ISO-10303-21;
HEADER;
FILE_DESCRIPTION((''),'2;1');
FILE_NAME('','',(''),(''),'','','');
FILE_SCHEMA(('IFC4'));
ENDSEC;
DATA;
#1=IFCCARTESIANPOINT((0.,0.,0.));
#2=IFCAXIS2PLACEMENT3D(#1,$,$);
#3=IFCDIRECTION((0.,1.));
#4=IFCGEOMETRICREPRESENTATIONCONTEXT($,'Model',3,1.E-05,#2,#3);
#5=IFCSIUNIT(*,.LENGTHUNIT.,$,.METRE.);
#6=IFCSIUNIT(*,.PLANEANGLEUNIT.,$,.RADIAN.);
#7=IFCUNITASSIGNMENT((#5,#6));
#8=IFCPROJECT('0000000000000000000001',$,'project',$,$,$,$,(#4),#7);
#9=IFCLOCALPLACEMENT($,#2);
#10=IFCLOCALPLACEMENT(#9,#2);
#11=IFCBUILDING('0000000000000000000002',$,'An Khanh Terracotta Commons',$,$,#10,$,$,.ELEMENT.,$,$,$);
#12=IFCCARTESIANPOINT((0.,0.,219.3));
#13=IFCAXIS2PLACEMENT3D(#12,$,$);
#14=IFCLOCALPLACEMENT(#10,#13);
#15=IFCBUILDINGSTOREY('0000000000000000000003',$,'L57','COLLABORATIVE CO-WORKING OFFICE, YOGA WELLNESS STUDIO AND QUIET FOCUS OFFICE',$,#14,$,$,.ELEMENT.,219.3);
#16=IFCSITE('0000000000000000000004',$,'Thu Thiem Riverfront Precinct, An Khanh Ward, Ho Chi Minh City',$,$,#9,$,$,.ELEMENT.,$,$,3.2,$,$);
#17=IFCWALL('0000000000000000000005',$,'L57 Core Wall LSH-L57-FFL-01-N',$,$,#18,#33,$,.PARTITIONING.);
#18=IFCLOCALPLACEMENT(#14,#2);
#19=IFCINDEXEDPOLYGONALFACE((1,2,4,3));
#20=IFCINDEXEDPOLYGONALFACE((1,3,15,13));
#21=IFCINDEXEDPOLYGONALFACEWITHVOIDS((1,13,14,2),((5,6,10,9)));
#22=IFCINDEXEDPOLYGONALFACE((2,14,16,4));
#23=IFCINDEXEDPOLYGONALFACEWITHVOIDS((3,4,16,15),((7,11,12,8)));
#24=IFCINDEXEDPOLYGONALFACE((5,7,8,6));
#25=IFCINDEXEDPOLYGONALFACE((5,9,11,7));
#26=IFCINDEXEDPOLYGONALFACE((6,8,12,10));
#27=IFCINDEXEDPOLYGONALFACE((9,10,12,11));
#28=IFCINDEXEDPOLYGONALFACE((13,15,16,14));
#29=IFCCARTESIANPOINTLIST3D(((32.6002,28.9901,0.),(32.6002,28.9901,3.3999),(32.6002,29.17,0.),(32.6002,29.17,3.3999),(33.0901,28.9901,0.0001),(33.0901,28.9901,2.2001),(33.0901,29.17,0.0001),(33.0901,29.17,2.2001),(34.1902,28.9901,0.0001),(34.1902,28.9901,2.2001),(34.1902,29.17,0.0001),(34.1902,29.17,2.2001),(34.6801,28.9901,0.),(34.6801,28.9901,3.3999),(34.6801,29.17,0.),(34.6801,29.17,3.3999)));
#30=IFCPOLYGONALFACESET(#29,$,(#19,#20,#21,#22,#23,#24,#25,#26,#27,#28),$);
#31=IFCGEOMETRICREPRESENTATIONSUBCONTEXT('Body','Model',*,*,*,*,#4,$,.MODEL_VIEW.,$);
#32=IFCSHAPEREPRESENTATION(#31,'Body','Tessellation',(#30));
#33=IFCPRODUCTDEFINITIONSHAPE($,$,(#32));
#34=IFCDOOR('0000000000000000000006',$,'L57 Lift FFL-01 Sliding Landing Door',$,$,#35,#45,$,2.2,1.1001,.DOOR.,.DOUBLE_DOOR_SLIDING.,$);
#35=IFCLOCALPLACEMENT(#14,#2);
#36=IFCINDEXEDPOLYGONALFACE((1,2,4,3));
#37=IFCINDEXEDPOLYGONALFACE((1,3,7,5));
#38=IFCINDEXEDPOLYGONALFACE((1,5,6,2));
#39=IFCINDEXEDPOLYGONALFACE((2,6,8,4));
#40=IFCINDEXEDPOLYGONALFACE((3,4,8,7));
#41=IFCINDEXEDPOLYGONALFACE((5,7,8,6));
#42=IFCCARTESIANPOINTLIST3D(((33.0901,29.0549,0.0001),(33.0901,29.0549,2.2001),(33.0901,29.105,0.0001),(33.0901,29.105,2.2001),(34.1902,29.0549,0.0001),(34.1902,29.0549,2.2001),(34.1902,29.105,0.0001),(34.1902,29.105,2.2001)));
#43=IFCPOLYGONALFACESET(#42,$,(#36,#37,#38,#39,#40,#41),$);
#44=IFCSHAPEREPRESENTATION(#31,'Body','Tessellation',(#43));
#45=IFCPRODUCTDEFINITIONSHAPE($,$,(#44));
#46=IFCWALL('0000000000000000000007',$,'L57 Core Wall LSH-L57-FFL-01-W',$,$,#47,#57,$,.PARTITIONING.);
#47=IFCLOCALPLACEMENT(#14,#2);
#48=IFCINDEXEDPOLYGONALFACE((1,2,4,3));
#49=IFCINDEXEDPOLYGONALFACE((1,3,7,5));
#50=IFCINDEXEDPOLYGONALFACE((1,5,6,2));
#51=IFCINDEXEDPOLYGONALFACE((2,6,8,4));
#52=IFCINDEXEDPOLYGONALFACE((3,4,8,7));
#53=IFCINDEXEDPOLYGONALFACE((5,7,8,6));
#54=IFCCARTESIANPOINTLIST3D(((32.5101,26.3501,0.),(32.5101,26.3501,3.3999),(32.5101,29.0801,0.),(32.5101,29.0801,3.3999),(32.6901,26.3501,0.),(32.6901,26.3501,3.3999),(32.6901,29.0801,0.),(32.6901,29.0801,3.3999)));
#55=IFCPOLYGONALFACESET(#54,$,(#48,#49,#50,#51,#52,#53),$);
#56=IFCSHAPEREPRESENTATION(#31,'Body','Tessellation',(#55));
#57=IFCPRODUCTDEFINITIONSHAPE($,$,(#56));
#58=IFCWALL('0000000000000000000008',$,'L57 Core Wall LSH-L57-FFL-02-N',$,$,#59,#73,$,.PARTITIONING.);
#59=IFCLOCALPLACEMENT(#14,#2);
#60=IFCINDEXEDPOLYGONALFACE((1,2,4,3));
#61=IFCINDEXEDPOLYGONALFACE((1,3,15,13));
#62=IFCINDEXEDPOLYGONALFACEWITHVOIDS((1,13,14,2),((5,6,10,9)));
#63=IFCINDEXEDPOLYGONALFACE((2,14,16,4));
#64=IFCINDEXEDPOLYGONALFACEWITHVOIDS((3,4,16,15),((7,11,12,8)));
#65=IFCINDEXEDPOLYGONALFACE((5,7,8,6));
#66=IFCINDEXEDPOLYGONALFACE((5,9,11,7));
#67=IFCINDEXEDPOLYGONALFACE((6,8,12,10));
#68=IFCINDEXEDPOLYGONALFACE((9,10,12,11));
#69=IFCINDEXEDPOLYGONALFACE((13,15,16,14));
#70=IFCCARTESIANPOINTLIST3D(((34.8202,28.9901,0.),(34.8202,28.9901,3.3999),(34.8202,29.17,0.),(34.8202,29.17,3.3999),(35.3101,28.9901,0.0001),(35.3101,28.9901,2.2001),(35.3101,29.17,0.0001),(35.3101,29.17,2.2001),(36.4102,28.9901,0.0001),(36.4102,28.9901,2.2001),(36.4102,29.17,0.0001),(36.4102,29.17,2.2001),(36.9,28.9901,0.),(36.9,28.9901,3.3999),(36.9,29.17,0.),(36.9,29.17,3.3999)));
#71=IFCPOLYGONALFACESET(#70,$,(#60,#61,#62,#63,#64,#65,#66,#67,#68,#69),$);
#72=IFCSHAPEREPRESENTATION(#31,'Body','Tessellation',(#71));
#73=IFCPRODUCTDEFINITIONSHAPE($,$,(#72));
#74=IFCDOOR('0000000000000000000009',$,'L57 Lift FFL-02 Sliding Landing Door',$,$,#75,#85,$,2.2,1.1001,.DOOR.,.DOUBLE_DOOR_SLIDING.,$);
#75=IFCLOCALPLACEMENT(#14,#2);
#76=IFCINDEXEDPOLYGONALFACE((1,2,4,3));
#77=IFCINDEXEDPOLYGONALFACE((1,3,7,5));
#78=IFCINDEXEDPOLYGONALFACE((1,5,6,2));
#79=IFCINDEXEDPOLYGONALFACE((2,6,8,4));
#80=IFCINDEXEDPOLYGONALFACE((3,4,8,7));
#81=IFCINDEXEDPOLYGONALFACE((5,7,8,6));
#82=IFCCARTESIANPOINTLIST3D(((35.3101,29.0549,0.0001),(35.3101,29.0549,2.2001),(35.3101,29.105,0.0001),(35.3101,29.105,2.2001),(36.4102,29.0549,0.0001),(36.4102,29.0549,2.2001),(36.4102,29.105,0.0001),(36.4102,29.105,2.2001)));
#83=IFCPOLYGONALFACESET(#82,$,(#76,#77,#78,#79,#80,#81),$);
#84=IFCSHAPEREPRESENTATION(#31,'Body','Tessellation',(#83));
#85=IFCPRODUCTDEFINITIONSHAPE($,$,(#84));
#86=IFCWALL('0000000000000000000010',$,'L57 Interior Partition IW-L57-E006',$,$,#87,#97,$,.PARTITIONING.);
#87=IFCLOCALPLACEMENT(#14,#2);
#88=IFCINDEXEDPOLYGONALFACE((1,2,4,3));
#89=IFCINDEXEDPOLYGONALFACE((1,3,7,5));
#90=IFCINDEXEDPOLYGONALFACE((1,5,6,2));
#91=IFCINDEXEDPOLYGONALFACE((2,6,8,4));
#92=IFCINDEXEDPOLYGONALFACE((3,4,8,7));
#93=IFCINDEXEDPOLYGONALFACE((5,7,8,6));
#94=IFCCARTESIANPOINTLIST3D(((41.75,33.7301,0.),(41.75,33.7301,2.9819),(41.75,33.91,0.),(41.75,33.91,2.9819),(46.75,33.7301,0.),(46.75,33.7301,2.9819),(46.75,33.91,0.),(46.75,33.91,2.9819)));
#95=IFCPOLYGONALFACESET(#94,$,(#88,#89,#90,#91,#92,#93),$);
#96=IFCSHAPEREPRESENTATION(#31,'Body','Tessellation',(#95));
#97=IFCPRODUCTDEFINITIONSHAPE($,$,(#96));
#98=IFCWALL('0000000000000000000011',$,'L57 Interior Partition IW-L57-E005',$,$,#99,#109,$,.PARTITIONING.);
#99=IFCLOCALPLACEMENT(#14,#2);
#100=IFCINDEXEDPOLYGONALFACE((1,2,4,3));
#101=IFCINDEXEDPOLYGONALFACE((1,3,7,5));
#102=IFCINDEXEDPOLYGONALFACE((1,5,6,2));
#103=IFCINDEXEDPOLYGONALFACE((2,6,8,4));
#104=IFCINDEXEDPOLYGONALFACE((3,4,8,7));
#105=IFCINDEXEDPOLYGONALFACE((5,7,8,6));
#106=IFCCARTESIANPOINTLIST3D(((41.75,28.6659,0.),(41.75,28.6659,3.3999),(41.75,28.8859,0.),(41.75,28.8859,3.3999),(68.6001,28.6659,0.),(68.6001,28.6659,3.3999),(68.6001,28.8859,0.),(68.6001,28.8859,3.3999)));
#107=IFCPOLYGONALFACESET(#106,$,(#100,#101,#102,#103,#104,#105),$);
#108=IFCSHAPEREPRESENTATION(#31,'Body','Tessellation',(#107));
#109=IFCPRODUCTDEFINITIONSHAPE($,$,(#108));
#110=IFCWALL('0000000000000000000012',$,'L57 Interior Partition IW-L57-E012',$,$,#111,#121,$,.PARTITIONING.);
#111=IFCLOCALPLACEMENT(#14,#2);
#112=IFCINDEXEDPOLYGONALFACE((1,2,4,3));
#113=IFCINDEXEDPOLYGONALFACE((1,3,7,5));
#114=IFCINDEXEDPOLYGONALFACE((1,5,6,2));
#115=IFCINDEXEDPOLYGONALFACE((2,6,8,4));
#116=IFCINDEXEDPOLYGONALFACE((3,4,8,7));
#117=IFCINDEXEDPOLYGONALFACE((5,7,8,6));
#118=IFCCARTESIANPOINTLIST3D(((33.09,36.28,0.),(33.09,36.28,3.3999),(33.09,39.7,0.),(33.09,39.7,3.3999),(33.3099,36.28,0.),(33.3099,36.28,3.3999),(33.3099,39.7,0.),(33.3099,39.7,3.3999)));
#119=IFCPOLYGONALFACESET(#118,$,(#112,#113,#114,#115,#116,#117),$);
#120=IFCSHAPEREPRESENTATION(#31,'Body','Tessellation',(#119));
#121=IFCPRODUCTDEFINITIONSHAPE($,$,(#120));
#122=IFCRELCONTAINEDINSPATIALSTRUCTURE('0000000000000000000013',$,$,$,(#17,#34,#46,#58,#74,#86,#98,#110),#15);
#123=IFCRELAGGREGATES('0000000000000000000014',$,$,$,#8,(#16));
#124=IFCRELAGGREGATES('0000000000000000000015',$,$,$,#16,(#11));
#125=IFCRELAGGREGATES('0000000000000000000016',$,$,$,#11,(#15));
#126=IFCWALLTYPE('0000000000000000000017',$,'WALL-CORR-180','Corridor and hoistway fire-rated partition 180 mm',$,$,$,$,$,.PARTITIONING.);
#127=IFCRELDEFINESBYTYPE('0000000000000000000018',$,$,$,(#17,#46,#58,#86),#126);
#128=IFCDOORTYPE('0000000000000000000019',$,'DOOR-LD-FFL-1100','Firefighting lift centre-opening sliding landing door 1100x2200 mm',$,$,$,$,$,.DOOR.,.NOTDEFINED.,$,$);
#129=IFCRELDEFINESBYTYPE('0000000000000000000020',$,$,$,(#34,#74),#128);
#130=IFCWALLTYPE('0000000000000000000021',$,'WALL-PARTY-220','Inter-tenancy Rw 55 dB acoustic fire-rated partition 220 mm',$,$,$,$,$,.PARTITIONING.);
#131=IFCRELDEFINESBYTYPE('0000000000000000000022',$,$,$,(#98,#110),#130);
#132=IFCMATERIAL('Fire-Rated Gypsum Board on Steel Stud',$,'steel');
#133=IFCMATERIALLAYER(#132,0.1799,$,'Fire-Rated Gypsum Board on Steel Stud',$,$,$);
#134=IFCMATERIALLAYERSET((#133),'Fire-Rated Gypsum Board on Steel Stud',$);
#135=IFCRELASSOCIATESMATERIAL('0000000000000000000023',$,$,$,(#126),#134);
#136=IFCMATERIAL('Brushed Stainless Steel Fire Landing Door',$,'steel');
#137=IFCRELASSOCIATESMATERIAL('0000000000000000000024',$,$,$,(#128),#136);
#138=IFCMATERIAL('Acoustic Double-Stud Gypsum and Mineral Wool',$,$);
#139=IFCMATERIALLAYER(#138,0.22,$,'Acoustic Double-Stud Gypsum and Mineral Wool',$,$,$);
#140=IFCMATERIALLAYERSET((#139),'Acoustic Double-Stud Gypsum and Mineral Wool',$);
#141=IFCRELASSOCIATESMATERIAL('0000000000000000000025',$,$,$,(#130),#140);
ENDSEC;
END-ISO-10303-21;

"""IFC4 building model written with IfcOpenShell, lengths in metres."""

from ifc_helpers import new_model, si_unit, direction, frame, frame_2d, origin, place, context, subcontext, project, spatial, rectangle, extrude, material, layer, layer_set, type_object, element, fill, save


model = new_model("IFC4")

# Units and contexts
model_context = context("Model", 3, precision=1e-05, world=origin(), true_north=direction((0.0, 1.0)))
body_context = subcontext(model_context, "Body", "Model", "MODEL_VIEW")
ifc_project = project(units=[si_unit("LENGTHUNIT", "METRE"), si_unit("PLANEANGLEUNIT", "RADIAN")], contexts=[model_context])

# Site, building, storey
site_placement = place(None, origin())
site = spatial("IfcSite", under=ifc_project, at=site_placement, Name="Thu Thiem Riverfront Precinct, An Khanh Ward, Ho Chi Minh City", CompositionType="ELEMENT", RefElevation=3.2)
building_placement = place(site_placement, origin())
building = spatial("IfcBuilding", under=site, at=building_placement, Name="An Khanh Terracotta Commons", CompositionType="ELEMENT")
storey_placement = place(building_placement, frame((0.0, 0.0, 219.3)))
storey = spatial("IfcBuildingStorey", under=building, at=storey_placement, Name="L57", Description="COLLABORATIVE CO-WORKING OFFICE, YOGA WELLNESS STUDIO AND QUIET FOCUS OFFICE", CompositionType="ELEMENT", Elevation=219.3)

# Shared definitions
ifc_material_1 = material(Name="Fire-Rated Gypsum Board on Steel Stud", Category="steel")
ifc_layer_1 = layer(ifc_material_1, 0.1799, Name="Fire-Rated Gypsum Board on Steel Stud")
ifc_layer_set_1 = layer_set([ifc_layer_1], Name="Fire-Rated Gypsum Board on Steel Stud")
wall_type_1 = type_object("IfcWallType", Name="WALL-CORR-180", Description="Corridor and hoistway fire-rated partition 180 mm", PredefinedType="PARTITIONING", material=ifc_layer_set_1)

# Wall, opening, door
wall_1_placement = place(storey_placement, frame((32.6001, 29.0801, 0.0), z_axis=(0.0, 0.0, 1.0), x_axis=(1.0, 0.0, 0.0)))
wall_1 = element("IfcWall", 1, at=wall_1_placement, inside=storey, type_object=wall_type_1, Name="L57 Core Wall LSH-L57-FFL-01-N", PredefinedType="PARTITIONING", context=body_context, shape_type="SweptSolid", body=[
    extrude(rectangle(XDim=2.0798, YDim=0.1799, at=frame_2d((1.04, 0.0))), origin(), (0.0, 0.0, 1.0), 3.3999),
])
opening_1_placement = place(wall_1_placement, frame((0.49, 0.0, 0.0)))
opening_1 = element("IfcOpeningElement", 2, at=opening_1_placement, cuts=wall_1, PredefinedType="OPENING", context=body_context, shape_type="SweptSolid", body=[
    extrude(rectangle(XDim=1.1001, YDim=2.2, at=frame_2d((0.55, 1.1001))), frame((0.0, 0.0999, 0.0), z_axis=(0.0, -1.0, 0.0), x_axis=(1.0, 0.0, 0.0)), (0.0, 0.0, 1.0), 0.2),
])
ifc_material_2 = material(Name="Brushed Stainless Steel Fire Landing Door", Category="steel")
door_type_1 = type_object("IfcDoorType", Name="DOOR-LD-FFL-1100", Description="Firefighting lift centre-opening sliding landing door 1100x2200 mm", OperationType="NOTDEFINED", PredefinedType="DOOR", material=ifc_material_2)
door_1_placement = place(opening_1_placement, origin())
door_1 = element("IfcDoor", 3, at=door_1_placement, inside=storey, type_object=door_type_1, Name="L57 Lift FFL-01 Sliding Landing Door", OperationType="DOUBLE_DOOR_SLIDING", OverallHeight=2.2, OverallWidth=1.1001, PredefinedType="DOOR", context=body_context, shape_type="SweptSolid", body=[
    extrude(rectangle(XDim=1.1001, YDim=2.2, at=frame_2d((0.55, 1.1001))), frame((0.0, 0.0249, 0.0), z_axis=(0.0, -1.0, 0.0), x_axis=(1.0, 0.0, 0.0)), (0.0, 0.0, 1.0), 0.05),
])
fill(opening_1, door_1)

# Wall
wall_2_placement = place(storey_placement, frame((32.6001, 29.0801, 0.0), z_axis=(0.0, 0.0, 1.0), x_axis=(0.0, -1.0, 0.0)))
element("IfcWall", 4, at=wall_2_placement, inside=storey, type_object=wall_type_1, Name="L57 Core Wall LSH-L57-FFL-01-W", PredefinedType="PARTITIONING", context=body_context, shape_type="SweptSolid", body=[
    extrude(rectangle(XDim=2.73, YDim=0.1799, at=frame_2d((1.365, 0.0))), origin(), (0.0, 0.0, 1.0), 3.3999),
])

# Wall, opening, door
wall_3_placement = place(storey_placement, frame((34.8201, 29.0801, 0.0), z_axis=(0.0, 0.0, 1.0), x_axis=(1.0, 0.0, 0.0)))
wall_3 = element("IfcWall", 5, at=wall_3_placement, inside=storey, type_object=wall_type_1, Name="L57 Core Wall LSH-L57-FFL-02-N", PredefinedType="PARTITIONING", context=body_context, shape_type="SweptSolid", body=[
    extrude(rectangle(XDim=2.0798, YDim=0.1799, at=frame_2d((1.04, 0.0))), origin(), (0.0, 0.0, 1.0), 3.3999),
])
opening_2_placement = place(wall_3_placement, frame((0.49, 0.0, 0.0)))
opening_2 = element("IfcOpeningElement", 6, at=opening_2_placement, cuts=wall_3, PredefinedType="OPENING", context=body_context, shape_type="SweptSolid", body=[
    extrude(rectangle(XDim=1.1001, YDim=2.2, at=frame_2d((0.55, 1.1001))), frame((0.0, 0.0999, 0.0), z_axis=(0.0, -1.0, 0.0), x_axis=(1.0, 0.0, 0.0)), (0.0, 0.0, 1.0), 0.2),
])
door_2_placement = place(opening_2_placement, origin())
door_2 = element("IfcDoor", 7, at=door_2_placement, inside=storey, type_object=door_type_1, Name="L57 Lift FFL-02 Sliding Landing Door", OperationType="DOUBLE_DOOR_SLIDING", OverallHeight=2.2, OverallWidth=1.1001, PredefinedType="DOOR", context=body_context, shape_type="SweptSolid", body=[
    extrude(rectangle(XDim=1.1001, YDim=2.2, at=frame_2d((0.55, 1.1001))), frame((0.0, 0.0249, 0.0), z_axis=(0.0, -1.0, 0.0), x_axis=(1.0, 0.0, 0.0)), (0.0, 0.0, 1.0), 0.05),
])
fill(opening_2, door_2)

# Walls
wall_4_placement = place(storey_placement, frame((41.75, 33.8201, 0.0), z_axis=(0.0, 0.0, 1.0), x_axis=(1.0, 0.0, 0.0)))
element("IfcWall", 8, at=wall_4_placement, inside=storey, type_object=wall_type_1, Name="L57 Interior Partition IW-L57-E006", PredefinedType="PARTITIONING", context=body_context, shape_type="SweptSolid", body=[
    extrude(rectangle(XDim=5.0, YDim=0.1799, at=frame_2d((2.5, 0.0))), origin(), (0.0, 0.0, 1.0), 2.9819),
])
ifc_material_3 = material(Name="Acoustic Double-Stud Gypsum and Mineral Wool")
ifc_layer_2 = layer(ifc_material_3, 0.22, Name="Acoustic Double-Stud Gypsum and Mineral Wool")
ifc_layer_set_2 = layer_set([ifc_layer_2], Name="Acoustic Double-Stud Gypsum and Mineral Wool")
wall_type_2 = type_object("IfcWallType", Name="WALL-PARTY-220", Description="Inter-tenancy Rw 55 dB acoustic fire-rated partition 220 mm", PredefinedType="PARTITIONING", material=ifc_layer_set_2)
wall_5_placement = place(storey_placement, frame((41.75, 28.7759, 0.0), z_axis=(0.0, 0.0, 1.0), x_axis=(1.0, 0.0, 0.0)))
element("IfcWall", 9, at=wall_5_placement, inside=storey, type_object=wall_type_2, Name="L57 Interior Partition IW-L57-E005", PredefinedType="PARTITIONING", context=body_context, shape_type="SweptSolid", body=[
    extrude(rectangle(XDim=26.8501, YDim=0.22, at=frame_2d((13.425, 0.0))), origin(), (0.0, 0.0, 1.0), 3.3999),
])
wall_6_placement = place(storey_placement, frame((33.2, 36.28, 0.0), z_axis=(0.0, 0.0, 1.0), x_axis=(0.0, 1.0, 0.0)))
element("IfcWall", 10, at=wall_6_placement, inside=storey, type_object=wall_type_2, Name="L57 Interior Partition IW-L57-E012", PredefinedType="PARTITIONING", context=body_context, shape_type="SweptSolid", body=[
    extrude(rectangle(XDim=3.4199, YDim=0.22, at=frame_2d((1.71, 0.0))), origin(), (0.0, 0.0, 1.0), 3.3999),
])

save(model, "model.ifc")
